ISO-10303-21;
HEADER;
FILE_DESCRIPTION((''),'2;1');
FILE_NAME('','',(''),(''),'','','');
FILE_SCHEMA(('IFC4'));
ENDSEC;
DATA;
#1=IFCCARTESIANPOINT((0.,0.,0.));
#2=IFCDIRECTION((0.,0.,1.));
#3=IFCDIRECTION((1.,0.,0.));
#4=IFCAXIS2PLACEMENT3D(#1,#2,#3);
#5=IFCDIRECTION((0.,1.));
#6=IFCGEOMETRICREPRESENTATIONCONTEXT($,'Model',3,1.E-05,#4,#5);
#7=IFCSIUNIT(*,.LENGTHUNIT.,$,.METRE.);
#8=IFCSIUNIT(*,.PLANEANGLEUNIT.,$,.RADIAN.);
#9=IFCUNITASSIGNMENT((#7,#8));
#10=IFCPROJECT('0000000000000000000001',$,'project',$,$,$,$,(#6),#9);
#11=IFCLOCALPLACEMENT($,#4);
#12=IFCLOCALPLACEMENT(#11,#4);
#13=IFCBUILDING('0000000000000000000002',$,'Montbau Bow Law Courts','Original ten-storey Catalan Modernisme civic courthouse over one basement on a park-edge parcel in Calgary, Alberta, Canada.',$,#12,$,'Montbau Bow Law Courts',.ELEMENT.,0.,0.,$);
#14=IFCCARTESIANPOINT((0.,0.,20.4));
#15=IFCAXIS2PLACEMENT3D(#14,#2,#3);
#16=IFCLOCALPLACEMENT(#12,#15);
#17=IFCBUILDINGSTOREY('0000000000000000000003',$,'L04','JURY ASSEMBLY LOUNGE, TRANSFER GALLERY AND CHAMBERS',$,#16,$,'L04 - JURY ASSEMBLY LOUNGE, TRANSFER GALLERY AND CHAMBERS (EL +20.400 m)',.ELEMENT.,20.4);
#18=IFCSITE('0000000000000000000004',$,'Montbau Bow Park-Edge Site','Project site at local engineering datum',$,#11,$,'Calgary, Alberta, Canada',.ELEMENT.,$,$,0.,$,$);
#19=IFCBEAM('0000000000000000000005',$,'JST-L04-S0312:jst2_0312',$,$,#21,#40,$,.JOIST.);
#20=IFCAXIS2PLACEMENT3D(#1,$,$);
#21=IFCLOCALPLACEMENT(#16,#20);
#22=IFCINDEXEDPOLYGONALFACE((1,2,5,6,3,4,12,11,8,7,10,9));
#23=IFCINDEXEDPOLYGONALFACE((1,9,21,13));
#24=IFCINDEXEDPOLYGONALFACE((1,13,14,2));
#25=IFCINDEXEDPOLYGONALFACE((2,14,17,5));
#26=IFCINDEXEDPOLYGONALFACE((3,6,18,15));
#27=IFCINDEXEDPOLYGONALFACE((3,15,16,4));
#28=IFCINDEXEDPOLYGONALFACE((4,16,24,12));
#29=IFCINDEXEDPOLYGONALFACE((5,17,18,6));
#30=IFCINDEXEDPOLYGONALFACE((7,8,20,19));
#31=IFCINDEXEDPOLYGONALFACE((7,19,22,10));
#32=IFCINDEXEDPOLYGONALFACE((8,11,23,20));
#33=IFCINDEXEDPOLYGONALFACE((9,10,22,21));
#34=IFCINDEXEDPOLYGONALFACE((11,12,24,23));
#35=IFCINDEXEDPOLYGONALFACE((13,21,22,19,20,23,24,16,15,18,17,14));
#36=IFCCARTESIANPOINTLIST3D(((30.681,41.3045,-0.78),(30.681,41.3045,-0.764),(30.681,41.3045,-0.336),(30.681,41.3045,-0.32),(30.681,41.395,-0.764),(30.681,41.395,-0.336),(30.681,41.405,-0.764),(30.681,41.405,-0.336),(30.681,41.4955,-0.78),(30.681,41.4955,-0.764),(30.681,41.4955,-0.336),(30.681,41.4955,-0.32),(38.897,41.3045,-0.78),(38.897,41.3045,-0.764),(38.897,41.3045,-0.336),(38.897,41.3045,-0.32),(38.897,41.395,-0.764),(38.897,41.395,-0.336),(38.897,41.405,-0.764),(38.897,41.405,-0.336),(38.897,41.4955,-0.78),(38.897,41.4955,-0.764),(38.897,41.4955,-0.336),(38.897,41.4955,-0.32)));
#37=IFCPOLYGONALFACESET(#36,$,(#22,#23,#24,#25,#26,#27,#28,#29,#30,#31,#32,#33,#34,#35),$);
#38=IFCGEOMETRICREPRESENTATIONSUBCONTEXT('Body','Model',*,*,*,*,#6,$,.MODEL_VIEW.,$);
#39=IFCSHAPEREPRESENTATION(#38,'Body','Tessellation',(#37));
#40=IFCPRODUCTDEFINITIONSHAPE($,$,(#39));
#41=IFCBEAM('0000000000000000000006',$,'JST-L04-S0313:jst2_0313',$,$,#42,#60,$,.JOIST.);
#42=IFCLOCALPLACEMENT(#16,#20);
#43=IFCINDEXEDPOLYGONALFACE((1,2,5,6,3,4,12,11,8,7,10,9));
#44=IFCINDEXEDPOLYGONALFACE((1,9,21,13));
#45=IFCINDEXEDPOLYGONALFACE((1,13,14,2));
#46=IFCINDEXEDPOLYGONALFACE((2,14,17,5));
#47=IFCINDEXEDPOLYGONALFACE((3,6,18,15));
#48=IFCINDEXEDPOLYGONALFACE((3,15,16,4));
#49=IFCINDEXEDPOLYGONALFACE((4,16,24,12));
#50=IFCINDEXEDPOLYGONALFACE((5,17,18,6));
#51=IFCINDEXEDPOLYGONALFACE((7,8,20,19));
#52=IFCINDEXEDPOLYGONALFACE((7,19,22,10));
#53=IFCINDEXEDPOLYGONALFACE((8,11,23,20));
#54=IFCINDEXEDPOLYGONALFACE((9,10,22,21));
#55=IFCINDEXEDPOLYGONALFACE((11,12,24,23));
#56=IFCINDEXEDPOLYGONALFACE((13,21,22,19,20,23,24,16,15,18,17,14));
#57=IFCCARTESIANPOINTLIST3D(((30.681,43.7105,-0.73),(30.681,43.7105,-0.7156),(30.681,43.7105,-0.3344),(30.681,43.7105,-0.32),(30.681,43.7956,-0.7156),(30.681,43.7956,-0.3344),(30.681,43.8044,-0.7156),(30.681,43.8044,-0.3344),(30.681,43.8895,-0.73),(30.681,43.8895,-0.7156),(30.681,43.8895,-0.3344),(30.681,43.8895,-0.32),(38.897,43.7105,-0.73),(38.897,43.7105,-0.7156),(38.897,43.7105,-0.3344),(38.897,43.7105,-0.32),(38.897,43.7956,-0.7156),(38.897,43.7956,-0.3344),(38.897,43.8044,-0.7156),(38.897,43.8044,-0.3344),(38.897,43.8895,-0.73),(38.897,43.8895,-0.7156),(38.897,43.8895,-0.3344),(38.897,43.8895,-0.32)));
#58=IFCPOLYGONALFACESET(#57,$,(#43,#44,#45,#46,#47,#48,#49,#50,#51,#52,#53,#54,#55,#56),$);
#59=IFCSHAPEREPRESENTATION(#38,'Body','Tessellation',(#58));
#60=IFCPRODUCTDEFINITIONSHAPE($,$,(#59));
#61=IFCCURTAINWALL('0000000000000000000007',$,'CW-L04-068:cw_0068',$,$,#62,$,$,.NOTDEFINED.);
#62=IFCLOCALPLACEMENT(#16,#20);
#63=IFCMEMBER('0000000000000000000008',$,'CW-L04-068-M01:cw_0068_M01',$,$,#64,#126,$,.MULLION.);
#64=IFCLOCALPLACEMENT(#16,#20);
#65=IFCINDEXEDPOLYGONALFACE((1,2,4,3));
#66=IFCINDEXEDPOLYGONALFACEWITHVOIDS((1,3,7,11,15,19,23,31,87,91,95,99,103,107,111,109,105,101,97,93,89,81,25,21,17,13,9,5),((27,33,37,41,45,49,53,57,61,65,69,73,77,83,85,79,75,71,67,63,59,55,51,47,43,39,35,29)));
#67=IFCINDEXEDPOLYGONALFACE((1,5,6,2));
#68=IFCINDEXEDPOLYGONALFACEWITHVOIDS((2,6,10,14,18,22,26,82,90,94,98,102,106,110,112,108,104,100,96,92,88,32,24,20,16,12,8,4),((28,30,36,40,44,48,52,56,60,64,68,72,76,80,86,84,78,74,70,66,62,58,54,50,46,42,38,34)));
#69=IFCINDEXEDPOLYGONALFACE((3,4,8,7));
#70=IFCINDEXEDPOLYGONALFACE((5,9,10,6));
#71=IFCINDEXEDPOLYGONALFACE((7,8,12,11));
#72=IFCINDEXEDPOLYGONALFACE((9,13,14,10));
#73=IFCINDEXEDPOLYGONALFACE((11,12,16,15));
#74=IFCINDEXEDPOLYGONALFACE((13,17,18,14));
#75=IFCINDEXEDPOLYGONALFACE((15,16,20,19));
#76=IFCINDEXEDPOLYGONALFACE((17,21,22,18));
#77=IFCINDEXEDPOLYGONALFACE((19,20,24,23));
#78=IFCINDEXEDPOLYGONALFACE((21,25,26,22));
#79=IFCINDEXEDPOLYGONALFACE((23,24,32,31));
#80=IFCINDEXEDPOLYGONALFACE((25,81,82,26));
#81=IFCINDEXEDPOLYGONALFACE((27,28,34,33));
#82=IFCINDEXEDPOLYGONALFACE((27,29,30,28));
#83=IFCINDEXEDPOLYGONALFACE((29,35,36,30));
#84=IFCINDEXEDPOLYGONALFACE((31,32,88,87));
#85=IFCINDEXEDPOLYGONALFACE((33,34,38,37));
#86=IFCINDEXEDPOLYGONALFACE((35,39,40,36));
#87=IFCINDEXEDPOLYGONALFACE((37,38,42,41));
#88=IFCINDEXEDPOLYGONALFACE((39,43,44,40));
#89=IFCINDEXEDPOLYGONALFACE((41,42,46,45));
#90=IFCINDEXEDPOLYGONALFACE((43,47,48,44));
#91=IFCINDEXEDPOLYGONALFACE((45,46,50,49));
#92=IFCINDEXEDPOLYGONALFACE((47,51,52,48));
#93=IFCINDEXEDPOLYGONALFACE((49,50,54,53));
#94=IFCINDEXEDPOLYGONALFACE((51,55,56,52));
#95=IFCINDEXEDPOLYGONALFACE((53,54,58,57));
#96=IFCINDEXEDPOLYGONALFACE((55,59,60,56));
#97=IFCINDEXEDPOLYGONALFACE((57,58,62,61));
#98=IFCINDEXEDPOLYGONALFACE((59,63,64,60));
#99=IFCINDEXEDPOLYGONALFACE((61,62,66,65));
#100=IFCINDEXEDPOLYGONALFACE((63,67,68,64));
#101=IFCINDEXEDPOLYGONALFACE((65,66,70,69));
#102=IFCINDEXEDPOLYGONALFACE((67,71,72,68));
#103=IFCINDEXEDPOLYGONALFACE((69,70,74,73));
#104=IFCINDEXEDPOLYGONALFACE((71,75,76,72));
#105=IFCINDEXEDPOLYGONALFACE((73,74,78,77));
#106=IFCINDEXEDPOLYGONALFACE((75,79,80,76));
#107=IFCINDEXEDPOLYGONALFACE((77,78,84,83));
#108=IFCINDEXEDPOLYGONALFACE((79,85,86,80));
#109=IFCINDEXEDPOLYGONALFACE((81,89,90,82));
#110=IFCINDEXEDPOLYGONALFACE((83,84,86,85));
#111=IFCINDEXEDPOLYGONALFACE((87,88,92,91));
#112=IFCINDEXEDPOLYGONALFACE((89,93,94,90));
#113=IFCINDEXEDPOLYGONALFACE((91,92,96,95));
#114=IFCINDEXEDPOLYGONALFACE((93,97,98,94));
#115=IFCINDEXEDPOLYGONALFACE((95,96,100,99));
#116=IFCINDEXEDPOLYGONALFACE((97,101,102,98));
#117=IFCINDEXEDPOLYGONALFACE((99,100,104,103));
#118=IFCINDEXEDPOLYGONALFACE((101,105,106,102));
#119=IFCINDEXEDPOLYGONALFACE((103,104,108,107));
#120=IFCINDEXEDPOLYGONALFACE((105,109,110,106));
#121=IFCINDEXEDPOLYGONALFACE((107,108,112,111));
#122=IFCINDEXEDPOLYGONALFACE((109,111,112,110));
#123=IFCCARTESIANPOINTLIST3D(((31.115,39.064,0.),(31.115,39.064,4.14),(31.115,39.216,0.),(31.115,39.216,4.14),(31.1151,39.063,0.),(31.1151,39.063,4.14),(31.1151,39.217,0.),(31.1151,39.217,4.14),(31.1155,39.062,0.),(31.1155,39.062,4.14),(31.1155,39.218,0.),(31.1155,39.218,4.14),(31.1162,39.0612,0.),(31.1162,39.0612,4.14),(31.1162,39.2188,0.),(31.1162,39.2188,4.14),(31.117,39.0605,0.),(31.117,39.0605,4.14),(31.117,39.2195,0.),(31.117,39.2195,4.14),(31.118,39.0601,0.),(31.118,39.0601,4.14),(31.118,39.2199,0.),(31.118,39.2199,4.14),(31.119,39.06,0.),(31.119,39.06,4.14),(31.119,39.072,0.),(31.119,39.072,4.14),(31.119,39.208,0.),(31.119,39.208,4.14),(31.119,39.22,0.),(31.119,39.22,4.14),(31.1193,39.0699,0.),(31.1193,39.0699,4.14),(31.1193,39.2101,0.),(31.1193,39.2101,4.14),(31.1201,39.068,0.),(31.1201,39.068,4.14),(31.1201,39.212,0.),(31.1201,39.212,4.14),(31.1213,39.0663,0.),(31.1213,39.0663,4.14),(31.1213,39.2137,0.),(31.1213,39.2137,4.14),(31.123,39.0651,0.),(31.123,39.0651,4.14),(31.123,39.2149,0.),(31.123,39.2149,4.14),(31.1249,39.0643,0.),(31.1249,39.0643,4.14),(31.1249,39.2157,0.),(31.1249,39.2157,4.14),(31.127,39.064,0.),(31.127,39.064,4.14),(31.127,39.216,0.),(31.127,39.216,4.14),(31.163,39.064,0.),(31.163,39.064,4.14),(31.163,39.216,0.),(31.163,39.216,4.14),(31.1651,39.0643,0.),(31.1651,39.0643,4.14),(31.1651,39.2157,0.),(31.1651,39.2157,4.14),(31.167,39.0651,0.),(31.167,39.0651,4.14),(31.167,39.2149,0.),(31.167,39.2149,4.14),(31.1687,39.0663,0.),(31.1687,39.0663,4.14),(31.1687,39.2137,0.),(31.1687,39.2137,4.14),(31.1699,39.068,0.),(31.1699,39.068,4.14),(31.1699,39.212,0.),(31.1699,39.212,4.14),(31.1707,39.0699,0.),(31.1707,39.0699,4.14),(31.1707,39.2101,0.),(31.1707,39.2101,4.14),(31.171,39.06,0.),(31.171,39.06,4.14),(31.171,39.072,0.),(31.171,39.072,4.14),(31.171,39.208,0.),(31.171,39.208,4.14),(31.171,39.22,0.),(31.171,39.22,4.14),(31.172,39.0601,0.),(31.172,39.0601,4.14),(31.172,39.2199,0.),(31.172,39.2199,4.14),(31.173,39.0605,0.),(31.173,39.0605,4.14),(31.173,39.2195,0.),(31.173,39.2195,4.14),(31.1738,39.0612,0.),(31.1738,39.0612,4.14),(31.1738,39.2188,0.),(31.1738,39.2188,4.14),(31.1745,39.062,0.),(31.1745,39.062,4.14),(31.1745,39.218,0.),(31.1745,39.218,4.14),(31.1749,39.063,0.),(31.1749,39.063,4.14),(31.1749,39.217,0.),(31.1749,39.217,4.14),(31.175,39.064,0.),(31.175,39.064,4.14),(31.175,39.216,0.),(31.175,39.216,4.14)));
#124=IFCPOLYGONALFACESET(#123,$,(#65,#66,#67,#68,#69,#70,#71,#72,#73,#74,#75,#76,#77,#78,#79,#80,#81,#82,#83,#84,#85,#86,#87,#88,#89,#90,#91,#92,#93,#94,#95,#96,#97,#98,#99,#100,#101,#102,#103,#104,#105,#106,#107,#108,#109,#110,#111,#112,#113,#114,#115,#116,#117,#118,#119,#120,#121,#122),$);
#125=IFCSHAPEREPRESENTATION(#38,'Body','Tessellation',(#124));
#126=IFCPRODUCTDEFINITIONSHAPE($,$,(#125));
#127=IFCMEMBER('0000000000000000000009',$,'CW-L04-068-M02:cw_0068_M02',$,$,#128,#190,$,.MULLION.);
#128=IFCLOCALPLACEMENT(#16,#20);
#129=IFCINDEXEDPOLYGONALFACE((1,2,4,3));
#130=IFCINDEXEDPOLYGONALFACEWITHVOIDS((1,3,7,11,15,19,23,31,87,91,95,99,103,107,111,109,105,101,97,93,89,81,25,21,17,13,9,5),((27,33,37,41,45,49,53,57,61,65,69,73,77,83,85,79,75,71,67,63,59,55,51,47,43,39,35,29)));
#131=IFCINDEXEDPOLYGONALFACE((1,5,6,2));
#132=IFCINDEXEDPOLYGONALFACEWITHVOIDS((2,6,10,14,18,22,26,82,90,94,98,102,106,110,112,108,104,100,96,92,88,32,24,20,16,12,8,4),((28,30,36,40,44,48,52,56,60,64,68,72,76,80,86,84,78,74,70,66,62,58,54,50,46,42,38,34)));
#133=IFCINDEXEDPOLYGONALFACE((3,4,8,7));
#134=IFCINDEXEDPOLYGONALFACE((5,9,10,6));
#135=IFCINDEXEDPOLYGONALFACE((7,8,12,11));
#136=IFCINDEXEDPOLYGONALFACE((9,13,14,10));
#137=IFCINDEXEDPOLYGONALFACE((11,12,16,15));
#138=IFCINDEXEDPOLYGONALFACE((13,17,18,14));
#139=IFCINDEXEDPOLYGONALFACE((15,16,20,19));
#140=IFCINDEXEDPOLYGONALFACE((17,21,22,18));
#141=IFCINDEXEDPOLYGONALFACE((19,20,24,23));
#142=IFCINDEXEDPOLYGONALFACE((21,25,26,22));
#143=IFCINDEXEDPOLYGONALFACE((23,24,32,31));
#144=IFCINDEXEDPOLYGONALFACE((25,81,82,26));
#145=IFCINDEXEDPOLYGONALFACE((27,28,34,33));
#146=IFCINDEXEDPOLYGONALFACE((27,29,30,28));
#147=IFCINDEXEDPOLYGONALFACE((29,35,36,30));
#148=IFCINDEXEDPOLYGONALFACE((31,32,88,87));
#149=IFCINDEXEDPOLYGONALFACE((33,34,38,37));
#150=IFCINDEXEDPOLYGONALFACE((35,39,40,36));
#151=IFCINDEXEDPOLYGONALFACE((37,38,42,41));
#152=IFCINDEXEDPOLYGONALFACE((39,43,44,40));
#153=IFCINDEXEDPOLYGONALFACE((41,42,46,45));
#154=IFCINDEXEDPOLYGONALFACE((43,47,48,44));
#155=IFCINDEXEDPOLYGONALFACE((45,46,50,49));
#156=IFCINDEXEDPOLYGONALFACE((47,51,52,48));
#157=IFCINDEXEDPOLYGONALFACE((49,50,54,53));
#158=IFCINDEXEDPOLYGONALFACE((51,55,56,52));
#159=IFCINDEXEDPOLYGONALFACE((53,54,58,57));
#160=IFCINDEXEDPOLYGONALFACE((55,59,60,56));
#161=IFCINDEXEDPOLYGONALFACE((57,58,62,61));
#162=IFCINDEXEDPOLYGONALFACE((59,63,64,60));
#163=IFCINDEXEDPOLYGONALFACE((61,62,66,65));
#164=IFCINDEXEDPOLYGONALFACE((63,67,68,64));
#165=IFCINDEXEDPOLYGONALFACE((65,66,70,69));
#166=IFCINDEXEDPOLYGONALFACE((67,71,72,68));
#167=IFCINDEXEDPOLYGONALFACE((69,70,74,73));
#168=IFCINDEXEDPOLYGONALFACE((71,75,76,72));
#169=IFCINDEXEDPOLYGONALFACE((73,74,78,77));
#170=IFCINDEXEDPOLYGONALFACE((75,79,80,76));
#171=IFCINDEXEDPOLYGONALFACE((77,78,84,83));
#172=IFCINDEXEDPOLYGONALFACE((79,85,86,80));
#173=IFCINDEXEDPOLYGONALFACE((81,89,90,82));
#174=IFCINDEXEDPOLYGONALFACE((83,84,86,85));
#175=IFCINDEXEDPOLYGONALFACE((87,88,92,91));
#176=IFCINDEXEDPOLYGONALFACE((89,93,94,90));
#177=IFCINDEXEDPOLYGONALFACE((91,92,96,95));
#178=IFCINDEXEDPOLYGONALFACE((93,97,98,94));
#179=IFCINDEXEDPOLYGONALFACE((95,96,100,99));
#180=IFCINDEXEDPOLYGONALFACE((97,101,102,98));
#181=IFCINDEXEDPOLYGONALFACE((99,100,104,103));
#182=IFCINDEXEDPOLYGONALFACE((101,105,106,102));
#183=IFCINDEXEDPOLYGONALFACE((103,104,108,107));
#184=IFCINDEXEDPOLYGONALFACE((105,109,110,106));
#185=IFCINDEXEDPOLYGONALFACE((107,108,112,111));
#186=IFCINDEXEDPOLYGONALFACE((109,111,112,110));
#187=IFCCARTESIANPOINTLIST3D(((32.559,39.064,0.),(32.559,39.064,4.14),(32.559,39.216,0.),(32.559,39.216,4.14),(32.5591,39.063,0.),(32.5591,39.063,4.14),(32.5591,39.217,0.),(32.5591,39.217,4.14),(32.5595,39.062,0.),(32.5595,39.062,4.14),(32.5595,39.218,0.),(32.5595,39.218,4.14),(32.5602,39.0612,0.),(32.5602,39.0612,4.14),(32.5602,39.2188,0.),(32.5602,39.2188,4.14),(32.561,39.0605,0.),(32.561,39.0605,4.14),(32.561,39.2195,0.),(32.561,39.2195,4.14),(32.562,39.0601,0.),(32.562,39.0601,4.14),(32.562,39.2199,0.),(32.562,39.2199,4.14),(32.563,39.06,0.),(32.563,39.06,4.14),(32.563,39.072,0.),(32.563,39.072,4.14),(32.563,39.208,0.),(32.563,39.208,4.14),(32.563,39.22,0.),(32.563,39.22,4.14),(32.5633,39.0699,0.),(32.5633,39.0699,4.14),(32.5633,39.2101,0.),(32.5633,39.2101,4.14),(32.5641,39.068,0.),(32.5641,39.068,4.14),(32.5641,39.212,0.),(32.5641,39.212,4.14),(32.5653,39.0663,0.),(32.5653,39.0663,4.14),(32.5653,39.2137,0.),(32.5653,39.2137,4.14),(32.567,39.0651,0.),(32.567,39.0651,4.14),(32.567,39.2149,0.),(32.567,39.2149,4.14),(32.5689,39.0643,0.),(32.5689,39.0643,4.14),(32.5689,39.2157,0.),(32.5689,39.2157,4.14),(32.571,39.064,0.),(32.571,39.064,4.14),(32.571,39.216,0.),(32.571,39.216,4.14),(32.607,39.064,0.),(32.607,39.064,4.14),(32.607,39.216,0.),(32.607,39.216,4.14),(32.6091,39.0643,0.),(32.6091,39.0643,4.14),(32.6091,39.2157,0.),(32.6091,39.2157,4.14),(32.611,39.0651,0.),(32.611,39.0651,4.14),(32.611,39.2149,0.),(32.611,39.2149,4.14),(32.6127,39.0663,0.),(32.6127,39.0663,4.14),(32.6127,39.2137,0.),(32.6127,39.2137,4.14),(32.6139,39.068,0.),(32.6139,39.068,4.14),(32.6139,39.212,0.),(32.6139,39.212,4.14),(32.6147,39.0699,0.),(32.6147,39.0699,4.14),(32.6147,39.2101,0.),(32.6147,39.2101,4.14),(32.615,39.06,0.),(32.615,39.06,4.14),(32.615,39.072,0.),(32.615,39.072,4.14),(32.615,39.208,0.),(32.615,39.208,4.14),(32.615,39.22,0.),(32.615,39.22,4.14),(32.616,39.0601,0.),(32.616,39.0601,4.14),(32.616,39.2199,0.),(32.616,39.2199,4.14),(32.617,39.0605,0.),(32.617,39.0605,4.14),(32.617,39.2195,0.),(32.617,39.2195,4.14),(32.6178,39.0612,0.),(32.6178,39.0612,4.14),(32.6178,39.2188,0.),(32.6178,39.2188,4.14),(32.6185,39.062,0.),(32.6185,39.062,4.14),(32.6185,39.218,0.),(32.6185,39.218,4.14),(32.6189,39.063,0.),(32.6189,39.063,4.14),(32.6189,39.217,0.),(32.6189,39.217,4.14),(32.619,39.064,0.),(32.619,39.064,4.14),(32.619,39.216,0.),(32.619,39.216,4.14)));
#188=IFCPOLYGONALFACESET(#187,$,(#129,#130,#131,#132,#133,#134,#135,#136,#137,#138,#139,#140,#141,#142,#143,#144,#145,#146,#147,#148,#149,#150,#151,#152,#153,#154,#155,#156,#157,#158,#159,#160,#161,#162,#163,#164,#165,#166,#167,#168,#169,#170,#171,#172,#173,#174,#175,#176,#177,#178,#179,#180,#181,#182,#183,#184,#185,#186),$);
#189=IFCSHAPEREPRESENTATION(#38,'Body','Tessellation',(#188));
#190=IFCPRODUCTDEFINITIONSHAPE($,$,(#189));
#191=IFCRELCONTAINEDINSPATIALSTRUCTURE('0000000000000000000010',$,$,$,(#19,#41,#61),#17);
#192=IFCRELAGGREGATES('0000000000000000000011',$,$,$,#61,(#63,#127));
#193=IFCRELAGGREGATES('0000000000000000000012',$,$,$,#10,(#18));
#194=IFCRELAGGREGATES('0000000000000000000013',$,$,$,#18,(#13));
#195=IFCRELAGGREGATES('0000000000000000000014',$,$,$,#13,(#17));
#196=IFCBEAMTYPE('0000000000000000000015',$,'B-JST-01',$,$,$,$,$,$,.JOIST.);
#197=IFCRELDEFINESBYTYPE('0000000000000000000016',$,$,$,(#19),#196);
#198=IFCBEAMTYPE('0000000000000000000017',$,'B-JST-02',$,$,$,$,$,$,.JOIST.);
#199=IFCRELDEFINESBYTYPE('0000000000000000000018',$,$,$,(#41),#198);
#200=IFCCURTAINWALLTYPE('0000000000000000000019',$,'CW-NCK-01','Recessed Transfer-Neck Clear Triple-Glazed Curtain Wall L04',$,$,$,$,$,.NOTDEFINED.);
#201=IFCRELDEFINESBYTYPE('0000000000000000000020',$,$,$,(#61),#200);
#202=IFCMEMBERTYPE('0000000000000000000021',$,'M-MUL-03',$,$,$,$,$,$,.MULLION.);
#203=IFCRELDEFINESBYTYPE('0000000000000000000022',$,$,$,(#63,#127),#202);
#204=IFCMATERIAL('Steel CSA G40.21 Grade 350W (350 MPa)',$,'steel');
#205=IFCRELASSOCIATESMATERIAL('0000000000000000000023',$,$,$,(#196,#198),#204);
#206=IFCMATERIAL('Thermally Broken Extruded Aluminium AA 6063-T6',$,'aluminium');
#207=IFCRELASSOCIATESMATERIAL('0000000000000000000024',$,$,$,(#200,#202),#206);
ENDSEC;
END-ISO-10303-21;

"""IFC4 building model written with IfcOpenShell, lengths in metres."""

from ifc_helpers import new_model, si_unit, direction, frame, origin_with_axes, origin_2d_with_axis, place, context, subcontext, project, spatial, hollow_rectangle, i_section, extrude, material, material_profile, profile_set, type_object, element, aggregate, save


model = new_model("IFC4")

# Units and contexts
model_context = context("Model", 3, precision=1e-05, world=origin_with_axes(), true_north=direction((0.0, 1.0)))
body_context = subcontext(model_context, "Body", "Model", "MODEL_VIEW")
ifc_project = project(units=[si_unit("LENGTHUNIT", "METRE"), si_unit("PLANEANGLEUNIT", "RADIAN")], contexts=[model_context])

# Site, building, storey
site_placement = place(None, origin_with_axes())
site = spatial("IfcSite", under=ifc_project, at=site_placement, Name="Montbau Bow Park-Edge Site", Description="Project site at local engineering datum", LongName="Calgary, Alberta, Canada", CompositionType="ELEMENT", RefElevation=0.0)
building_placement = place(site_placement, origin_with_axes())
building = spatial("IfcBuilding", under=site, at=building_placement, Name="Montbau Bow Law Courts", Description="Original ten-storey Catalan Modernisme civic courthouse over one basement on a park-edge parcel in Calgary, Alberta, Canada.", LongName="Montbau Bow Law Courts", CompositionType="ELEMENT", ElevationOfRefHeight=0.0, ElevationOfTerrain=0.0)
storey_placement = place(building_placement, frame((0.0, 0.0, 20.4), z_axis=(0.0, 0.0, 1.0), x_axis=(1.0, 0.0, 0.0)))
storey = spatial("IfcBuildingStorey", under=building, at=storey_placement, Name="L04", Description="JURY ASSEMBLY LOUNGE, TRANSFER GALLERY AND CHAMBERS", LongName="L04 - JURY ASSEMBLY LOUNGE, TRANSFER GALLERY AND CHAMBERS (EL +20.400 m)", CompositionType="ELEMENT", Elevation=20.4)

# Beams
ifc_material_1 = material(Name="Steel CSA G40.21 Grade 350W (350 MPa)", Category="steel")
ifc_material_profile_1 = material_profile(ifc_material_1, i_section(OverallWidth=0.191, OverallDepth=0.46, WebThickness=0.0099, FlangeThickness=0.016, at=origin_2d_with_axis()), Name="W460X82", Category="Main", Priority=0)
ifc_profile_set_1 = profile_set([ifc_material_profile_1], Name="Steel CSA G40.21 Grade 350W (350 MPa)")
beam_type_1 = type_object("IfcBeamType", Name="B-JST-01", PredefinedType="JOIST", material=ifc_profile_set_1)
beam_1_placement = place(None, frame((30.681, 41.4, 19.85), z_axis=(1.0, 0.0, 0.0), x_axis=(0.0, 1.0, 0.0)))
element("IfcBeam", 1, at=beam_1_placement, inside=storey, type_object=beam_type_1, Name="JST-L04-S0312:jst2_0312", PredefinedType="JOIST", context=body_context, shape_type="SweptSolid", body=[
    extrude(i_section(OverallWidth=0.191, OverallDepth=0.46, WebThickness=0.0099, FlangeThickness=0.016, at=origin_2d_with_axis()), origin_with_axes(), (0.0, 0.0, 1.0), 8.216),
])
ifc_material_profile_2 = material_profile(ifc_material_1, i_section(OverallWidth=0.179, OverallDepth=0.41, WebThickness=0.0088, FlangeThickness=0.0144, at=origin_2d_with_axis()), Name="W410X67", Category="Main", Priority=0)
ifc_profile_set_2 = profile_set([ifc_material_profile_2], Name="Steel CSA G40.21 Grade 350W (350 MPa)")
beam_type_2 = type_object("IfcBeamType", Name="B-JST-02", PredefinedType="JOIST", material=ifc_profile_set_2)
beam_2_placement = place(None, frame((30.681, 43.8, 19.875), z_axis=(1.0, 0.0, 0.0), x_axis=(0.0, 1.0, 0.0)))
element("IfcBeam", 2, at=beam_2_placement, inside=storey, type_object=beam_type_2, Name="JST-L04-S0313:jst2_0313", PredefinedType="JOIST", context=body_context, shape_type="SweptSolid", body=[
    extrude(i_section(OverallWidth=0.179, OverallDepth=0.41, WebThickness=0.0088, FlangeThickness=0.0144, at=origin_2d_with_axis()), origin_with_axes(), (0.0, 0.0, 1.0), 8.216),
])

# Curtain wall, members
ifc_material_2 = material(Name="Thermally Broken Extruded Aluminium AA 6063-T6", Category="aluminium")
curtain_wall_type = type_object("IfcCurtainWallType", Name="CW-NCK-01", Description="Recessed Transfer-Neck Clear Triple-Glazed Curtain Wall L04", PredefinedType="NOTDEFINED", material=ifc_material_2)
curtain_wall_placement = place(None, frame((31.115, 39.14, 20.4), z_axis=(0.0, 0.0, 1.0), x_axis=(1.0, 0.0, 0.0)))
curtain_wall = element("IfcCurtainWall", 3, at=curtain_wall_placement, inside=storey, type_object=curtain_wall_type, Name="CW-L04-068:cw_0068", PredefinedType="NOTDEFINED")
ifc_material_profile_3 = material_profile(ifc_material_2, hollow_rectangle(XDim=0.06, YDim=0.16, WallThickness=0.004, InnerFilletRadius=0.008, OuterFilletRadius=0.004, at=origin_2d_with_axis()), Name="CWM-160X60", Category="Main", Priority=0)
ifc_profile_set_3 = profile_set([ifc_material_profile_3], Name="Thermally Broken Extruded Aluminium AA 6063-T6")
member_type_1 = type_object("IfcMemberType", Name="M-MUL-03", PredefinedType="MULLION", material=ifc_profile_set_3)
member_1_placement = place(None, frame((31.145, 39.14, 20.4), z_axis=(0.0, 0.0, 1.0), x_axis=(1.0, 0.0, 0.0)))
member_1 = element("IfcMember", 4, at=member_1_placement, type_object=member_type_1, Name="CW-L04-068-M01:cw_0068_M01", PredefinedType="MULLION", context=body_context, shape_type="SweptSolid", body=[
    extrude(hollow_rectangle(XDim=0.06, YDim=0.16, WallThickness=0.004, InnerFilletRadius=0.008, OuterFilletRadius=0.004, at=origin_2d_with_axis()), origin_with_axes(), (0.0, 0.0, 1.0), 4.14),
])
member_2_placement = place(None, frame((32.589, 39.14, 20.4), z_axis=(0.0, 0.0, 1.0), x_axis=(1.0, 0.0, 0.0)))
member_2 = element("IfcMember", 5, at=member_2_placement, type_object=member_type_1, Name="CW-L04-068-M02:cw_0068_M02", PredefinedType="MULLION", context=body_context, shape_type="SweptSolid", body=[
    extrude(hollow_rectangle(XDim=0.06, YDim=0.16, WallThickness=0.004, InnerFilletRadius=0.008, OuterFilletRadius=0.004, at=origin_2d_with_axis()), origin_with_axes(), (0.0, 0.0, 1.0), 4.14),
])
aggregate(curtain_wall, [member_1, member_2])

save(model, "model.ifc")
